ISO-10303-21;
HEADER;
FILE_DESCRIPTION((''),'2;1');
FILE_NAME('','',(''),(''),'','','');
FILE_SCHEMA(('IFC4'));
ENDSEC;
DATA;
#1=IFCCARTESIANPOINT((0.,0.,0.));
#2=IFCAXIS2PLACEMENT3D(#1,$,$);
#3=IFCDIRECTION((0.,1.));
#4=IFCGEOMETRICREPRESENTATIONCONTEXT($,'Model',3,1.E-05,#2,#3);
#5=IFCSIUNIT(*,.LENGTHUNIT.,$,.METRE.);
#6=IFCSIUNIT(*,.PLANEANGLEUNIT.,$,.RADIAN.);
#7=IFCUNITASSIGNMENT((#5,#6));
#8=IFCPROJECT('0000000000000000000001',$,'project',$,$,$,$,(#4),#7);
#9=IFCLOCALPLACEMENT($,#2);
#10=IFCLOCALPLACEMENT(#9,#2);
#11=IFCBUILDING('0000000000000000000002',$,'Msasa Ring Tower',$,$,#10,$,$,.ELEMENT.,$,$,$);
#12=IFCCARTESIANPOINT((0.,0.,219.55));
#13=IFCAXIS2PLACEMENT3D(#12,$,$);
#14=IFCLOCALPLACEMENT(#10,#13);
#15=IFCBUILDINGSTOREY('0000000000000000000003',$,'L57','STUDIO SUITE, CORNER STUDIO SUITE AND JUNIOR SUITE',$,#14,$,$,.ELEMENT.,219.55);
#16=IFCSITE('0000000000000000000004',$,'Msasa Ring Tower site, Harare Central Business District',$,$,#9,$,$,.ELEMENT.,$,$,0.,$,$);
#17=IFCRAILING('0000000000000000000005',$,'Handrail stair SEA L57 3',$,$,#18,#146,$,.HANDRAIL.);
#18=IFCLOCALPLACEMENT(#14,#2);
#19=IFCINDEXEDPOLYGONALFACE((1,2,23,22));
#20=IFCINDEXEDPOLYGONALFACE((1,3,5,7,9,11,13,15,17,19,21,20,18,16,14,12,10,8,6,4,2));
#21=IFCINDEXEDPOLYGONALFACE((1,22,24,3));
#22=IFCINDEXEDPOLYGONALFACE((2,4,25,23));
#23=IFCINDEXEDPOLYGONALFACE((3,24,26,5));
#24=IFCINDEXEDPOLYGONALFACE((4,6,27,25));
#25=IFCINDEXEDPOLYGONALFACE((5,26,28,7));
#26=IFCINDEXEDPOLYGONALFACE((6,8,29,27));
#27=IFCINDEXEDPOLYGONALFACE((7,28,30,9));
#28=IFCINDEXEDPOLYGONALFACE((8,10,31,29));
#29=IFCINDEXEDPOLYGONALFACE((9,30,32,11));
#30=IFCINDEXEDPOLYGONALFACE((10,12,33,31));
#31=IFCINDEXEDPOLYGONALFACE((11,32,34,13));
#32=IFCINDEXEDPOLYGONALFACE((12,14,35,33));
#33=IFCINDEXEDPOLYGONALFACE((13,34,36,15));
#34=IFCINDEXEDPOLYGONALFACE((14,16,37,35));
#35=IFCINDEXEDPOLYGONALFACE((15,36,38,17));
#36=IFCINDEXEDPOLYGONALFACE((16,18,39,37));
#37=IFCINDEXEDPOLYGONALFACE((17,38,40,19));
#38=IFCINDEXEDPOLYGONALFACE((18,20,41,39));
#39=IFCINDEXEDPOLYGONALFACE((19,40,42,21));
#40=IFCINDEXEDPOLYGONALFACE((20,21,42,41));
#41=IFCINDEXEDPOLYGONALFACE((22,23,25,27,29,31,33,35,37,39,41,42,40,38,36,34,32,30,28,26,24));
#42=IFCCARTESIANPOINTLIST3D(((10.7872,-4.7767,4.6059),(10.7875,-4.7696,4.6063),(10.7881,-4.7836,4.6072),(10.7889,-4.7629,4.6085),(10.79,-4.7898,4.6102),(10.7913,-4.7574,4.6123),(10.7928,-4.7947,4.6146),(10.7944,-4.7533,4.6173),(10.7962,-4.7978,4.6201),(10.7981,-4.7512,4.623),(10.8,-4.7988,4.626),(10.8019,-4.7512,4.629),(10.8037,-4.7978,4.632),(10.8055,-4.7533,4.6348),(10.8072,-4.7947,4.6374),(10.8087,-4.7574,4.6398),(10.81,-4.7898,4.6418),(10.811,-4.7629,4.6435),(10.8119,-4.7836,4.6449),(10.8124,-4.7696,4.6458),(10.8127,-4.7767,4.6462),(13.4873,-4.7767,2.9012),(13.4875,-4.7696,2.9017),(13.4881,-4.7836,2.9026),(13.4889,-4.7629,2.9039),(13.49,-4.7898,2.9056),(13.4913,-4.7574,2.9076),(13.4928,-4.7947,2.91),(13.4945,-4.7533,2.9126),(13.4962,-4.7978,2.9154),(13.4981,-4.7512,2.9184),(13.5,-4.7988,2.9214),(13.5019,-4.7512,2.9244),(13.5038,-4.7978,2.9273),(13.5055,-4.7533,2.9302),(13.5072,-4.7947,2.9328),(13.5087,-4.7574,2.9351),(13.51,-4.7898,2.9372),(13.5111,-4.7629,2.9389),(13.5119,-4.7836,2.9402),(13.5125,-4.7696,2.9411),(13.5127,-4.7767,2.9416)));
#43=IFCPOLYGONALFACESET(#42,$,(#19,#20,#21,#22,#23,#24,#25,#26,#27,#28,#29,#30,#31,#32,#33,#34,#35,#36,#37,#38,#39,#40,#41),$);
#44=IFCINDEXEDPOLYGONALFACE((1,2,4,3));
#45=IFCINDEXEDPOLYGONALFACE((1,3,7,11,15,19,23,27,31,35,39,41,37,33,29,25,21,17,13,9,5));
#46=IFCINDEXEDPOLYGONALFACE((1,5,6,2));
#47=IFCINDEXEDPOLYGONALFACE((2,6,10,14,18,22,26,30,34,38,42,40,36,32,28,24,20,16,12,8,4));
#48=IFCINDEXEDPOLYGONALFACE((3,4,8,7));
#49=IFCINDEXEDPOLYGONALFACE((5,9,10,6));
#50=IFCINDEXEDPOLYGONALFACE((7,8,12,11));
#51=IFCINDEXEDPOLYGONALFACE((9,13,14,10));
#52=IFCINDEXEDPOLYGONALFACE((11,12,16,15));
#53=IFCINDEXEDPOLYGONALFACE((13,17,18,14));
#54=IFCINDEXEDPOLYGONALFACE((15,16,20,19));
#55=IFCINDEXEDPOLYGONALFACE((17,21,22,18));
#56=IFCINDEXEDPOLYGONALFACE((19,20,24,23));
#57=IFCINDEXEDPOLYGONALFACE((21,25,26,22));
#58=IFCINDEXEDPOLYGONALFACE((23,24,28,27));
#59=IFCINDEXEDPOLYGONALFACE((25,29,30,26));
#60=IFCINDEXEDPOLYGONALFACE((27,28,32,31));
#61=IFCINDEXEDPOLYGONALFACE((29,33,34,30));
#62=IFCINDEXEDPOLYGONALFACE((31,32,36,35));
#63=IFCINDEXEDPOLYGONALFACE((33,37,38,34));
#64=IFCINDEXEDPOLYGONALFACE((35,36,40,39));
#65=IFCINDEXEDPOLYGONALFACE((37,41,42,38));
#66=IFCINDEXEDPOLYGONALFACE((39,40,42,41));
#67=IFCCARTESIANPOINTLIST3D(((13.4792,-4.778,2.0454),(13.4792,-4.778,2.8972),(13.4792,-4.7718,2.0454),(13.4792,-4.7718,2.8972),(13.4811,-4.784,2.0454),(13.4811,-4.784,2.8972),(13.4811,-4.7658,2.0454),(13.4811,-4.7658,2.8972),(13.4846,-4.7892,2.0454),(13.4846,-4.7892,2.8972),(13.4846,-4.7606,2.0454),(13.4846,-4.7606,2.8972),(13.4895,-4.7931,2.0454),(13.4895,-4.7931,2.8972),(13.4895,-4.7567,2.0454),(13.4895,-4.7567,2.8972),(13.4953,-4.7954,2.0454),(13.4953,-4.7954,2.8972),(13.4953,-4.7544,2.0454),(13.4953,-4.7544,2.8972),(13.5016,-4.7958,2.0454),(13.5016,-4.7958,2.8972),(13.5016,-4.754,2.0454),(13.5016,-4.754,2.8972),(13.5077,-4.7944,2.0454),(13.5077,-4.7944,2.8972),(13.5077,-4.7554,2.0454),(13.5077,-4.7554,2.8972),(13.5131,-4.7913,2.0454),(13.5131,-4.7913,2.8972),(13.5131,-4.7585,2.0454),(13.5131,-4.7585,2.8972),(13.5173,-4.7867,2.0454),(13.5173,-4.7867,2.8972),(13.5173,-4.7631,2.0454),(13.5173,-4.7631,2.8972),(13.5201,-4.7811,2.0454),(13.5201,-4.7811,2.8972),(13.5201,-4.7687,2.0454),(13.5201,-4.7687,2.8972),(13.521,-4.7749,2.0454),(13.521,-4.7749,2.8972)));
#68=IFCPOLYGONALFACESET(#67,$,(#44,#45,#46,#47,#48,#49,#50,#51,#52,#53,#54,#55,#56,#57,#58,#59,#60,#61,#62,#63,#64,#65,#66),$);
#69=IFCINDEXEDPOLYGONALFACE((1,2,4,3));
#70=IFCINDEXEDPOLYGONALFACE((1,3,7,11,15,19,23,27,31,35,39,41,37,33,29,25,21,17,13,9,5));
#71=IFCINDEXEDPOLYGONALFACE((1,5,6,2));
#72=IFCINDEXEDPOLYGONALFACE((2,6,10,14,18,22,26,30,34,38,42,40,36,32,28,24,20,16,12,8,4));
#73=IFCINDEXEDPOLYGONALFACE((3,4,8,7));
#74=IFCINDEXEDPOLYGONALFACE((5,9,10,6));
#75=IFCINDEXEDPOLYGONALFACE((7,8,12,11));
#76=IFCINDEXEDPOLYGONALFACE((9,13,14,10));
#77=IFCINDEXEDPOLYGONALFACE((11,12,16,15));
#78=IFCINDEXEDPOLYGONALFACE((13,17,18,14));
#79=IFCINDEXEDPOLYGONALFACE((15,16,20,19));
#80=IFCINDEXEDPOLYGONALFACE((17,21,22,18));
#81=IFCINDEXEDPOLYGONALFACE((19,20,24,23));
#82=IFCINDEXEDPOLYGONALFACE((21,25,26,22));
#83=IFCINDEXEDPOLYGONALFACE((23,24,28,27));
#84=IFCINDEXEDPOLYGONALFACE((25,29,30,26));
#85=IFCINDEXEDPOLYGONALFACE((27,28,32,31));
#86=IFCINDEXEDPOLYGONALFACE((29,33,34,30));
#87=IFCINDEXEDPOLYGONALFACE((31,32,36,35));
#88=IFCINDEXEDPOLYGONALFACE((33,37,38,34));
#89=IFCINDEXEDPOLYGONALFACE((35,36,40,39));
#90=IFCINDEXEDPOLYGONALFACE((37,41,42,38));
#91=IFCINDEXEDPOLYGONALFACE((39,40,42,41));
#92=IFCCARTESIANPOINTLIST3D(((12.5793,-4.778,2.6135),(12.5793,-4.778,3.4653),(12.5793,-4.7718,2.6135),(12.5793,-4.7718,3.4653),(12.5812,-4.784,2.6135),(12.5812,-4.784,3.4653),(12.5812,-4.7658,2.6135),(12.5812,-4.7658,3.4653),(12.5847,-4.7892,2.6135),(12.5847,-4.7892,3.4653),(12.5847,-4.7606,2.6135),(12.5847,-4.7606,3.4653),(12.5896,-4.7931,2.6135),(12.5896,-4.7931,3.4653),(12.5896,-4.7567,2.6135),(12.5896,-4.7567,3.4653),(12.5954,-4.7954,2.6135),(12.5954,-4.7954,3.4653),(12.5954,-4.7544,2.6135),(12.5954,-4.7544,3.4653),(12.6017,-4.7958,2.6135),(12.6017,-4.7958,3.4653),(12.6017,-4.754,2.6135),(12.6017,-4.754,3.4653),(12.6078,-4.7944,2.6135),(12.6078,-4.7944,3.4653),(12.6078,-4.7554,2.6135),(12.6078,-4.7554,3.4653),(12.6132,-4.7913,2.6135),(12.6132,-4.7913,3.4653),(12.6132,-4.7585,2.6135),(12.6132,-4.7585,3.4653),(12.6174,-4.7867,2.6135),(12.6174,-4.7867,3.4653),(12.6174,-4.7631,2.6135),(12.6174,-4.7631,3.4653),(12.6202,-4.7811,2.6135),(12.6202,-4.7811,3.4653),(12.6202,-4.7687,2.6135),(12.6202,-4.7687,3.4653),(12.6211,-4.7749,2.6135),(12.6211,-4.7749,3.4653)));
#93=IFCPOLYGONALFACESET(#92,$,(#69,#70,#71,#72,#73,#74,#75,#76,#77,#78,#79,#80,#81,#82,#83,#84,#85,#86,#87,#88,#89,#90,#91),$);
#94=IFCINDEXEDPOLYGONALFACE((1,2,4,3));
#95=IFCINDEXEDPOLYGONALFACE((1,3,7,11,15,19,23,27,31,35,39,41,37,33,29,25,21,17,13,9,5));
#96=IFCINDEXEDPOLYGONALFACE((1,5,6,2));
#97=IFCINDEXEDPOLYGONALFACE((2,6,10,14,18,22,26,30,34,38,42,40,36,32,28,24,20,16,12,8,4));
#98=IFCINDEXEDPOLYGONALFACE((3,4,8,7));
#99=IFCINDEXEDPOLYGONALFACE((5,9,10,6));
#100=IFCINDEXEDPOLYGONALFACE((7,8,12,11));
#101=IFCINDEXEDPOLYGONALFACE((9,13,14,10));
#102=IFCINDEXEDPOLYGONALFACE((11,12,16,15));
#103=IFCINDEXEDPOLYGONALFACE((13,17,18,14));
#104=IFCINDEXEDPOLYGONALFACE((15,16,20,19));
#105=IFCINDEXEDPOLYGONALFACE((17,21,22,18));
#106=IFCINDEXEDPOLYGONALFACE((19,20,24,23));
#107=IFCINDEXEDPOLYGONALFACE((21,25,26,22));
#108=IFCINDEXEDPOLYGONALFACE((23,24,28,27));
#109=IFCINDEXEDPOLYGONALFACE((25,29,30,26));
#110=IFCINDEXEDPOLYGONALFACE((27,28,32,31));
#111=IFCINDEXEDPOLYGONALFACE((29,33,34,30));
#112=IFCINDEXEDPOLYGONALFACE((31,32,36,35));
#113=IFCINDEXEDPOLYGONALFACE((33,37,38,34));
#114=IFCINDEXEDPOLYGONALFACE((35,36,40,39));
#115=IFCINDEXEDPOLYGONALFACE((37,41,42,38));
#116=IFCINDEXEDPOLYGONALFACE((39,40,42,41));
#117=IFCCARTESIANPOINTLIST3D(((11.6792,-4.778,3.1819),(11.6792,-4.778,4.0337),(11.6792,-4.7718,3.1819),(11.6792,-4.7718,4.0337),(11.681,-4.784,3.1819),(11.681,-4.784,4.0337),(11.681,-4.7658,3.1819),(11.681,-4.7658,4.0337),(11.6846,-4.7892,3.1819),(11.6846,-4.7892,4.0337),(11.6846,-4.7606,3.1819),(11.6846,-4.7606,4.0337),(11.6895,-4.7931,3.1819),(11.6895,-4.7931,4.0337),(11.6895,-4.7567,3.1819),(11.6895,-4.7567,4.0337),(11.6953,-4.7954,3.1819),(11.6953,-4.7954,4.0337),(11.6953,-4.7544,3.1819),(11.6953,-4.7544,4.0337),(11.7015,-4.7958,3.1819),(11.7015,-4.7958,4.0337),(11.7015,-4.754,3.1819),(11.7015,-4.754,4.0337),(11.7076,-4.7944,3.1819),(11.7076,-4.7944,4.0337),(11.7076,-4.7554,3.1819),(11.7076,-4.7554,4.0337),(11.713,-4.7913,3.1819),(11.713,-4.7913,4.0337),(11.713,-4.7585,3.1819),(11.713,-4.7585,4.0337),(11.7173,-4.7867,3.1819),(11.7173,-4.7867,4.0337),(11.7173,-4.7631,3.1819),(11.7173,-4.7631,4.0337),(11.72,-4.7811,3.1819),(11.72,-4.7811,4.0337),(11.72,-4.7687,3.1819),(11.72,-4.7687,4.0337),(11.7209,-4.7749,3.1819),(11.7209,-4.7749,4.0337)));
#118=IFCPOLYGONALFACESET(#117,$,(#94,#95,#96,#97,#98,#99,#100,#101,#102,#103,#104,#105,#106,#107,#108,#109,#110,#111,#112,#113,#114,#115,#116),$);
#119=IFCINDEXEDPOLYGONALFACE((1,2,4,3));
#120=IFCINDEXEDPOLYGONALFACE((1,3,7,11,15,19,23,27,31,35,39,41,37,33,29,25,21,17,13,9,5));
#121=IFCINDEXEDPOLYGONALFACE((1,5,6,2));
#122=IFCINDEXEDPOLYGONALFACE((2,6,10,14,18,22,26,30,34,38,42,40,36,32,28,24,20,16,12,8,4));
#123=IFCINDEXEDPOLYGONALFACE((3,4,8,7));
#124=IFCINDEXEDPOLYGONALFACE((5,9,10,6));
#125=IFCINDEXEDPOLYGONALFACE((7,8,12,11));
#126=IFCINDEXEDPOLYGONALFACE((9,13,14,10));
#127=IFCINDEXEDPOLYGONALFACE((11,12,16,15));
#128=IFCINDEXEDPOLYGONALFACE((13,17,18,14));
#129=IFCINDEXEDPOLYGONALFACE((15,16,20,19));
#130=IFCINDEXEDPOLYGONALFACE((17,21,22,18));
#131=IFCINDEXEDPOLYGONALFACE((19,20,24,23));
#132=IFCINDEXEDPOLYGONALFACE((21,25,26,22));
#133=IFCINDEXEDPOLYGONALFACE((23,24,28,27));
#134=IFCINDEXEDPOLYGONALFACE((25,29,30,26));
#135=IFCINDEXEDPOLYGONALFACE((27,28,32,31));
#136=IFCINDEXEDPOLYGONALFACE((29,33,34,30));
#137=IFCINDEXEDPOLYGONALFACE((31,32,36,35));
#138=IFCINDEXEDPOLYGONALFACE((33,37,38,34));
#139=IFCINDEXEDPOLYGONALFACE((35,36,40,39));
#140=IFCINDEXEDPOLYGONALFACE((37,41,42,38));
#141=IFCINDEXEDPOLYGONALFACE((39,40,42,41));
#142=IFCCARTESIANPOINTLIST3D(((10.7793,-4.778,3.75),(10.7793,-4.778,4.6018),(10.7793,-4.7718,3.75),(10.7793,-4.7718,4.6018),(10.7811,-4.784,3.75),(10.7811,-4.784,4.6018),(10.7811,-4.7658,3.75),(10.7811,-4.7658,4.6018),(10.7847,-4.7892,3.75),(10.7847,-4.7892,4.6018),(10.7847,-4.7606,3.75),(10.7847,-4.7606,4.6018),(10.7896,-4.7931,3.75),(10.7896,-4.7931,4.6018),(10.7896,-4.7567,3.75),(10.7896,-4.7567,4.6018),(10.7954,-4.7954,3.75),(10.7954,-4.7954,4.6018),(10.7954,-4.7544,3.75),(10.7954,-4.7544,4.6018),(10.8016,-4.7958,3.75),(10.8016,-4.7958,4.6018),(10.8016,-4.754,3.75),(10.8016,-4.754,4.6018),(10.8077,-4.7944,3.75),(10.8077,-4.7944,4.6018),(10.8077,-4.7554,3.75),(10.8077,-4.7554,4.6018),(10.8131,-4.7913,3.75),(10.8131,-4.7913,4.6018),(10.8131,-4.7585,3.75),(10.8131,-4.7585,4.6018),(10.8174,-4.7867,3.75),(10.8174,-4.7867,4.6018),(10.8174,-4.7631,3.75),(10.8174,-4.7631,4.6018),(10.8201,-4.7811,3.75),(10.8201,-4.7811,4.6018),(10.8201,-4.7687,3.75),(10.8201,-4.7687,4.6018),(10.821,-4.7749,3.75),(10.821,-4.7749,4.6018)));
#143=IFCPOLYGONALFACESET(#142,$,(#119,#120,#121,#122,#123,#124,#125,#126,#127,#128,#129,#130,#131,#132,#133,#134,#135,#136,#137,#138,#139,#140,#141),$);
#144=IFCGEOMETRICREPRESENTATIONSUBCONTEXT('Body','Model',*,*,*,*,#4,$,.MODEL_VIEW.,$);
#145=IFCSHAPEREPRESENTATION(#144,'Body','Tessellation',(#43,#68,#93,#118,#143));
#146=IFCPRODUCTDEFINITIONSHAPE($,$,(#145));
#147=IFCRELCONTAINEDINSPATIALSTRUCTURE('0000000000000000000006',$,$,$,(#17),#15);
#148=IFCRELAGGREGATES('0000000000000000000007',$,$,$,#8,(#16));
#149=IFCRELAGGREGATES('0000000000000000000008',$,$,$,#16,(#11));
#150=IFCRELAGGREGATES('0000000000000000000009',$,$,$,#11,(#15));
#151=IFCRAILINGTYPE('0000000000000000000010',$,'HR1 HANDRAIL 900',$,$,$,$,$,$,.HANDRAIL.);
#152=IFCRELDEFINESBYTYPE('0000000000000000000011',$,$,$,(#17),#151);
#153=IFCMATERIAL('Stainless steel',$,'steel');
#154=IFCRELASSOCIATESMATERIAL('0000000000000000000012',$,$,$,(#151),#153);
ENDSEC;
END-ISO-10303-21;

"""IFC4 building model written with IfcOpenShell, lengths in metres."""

from ifc_helpers import new_model, si_unit, direction, frame, origin, origin_2d, place, context, subcontext, project, spatial, circle, extrude, material, type_object, element, save


model = new_model("IFC4")

# Units and contexts
model_context = context("Model", 3, precision=1e-05, world=origin(), true_north=direction((0.0, 1.0)))
body_context = subcontext(model_context, "Body", "Model", "MODEL_VIEW")
ifc_project = project(units=[si_unit("LENGTHUNIT", "METRE"), si_unit("PLANEANGLEUNIT", "RADIAN")], contexts=[model_context])

# Site, building, storey
site_placement = place(None, origin())
site = spatial("IfcSite", under=ifc_project, at=site_placement, Name="Msasa Ring Tower site, Harare Central Business District", CompositionType="ELEMENT", RefElevation=0.0)
building_placement = place(site_placement, origin())
building = spatial("IfcBuilding", under=site, at=building_placement, Name="Msasa Ring Tower", CompositionType="ELEMENT")
storey_placement = place(building_placement, frame((0.0, 0.0, 219.55)))
storey = spatial("IfcBuildingStorey", under=building, at=storey_placement, Name="L57", Description="STUDIO SUITE, CORNER STUDIO SUITE AND JUNIOR SUITE", CompositionType="ELEMENT", Elevation=219.55)

# Railing
ifc_material_1 = material(Name="Stainless steel", Category="steel")
railing_type = type_object("IfcRailingType", Name="HR1 HANDRAIL 900", PredefinedType="HANDRAIL", material=ifc_material_1)
for number, where, name in (
    (1, (13.5, -4.7749, 2.0454), "Handrail stair SEA L57 3"),
):
    element("IfcRailing", number, at=place(storey_placement, frame(where)), inside=storey, type_object=railing_type, Name=name, PredefinedType="HANDRAIL", context=body_context, shape_type="SweptSolid", body=[
        extrude(circle(Radius=0.0239, at=origin_2d()), frame((0.0, 0.0, 0.876), z_axis=(-0.84558, 0.0, 0.533849), x_axis=(0.0, -1.0, 0.0)), (0.0, 0.0, 1.0), 3.1931),
        extrude(circle(Radius=0.021, at=origin_2d()), origin(), (0.0, 0.0, 1.0), 0.8518),
        extrude(circle(Radius=0.021, at=origin_2d()), frame((-0.8999, 0.0, 0.5681)), (0.0, 0.0, 1.0), 0.8518),
        extrude(circle(Radius=0.021, at=origin_2d()), frame((-1.8, 0.0, 1.1365)), (0.0, 0.0, 1.0), 0.8518),
        extrude(circle(Radius=0.021, at=origin_2d()), frame((-2.7, 0.0, 1.7046)), (0.0, 0.0, 1.0), 0.8518),
    ])

save(model, "model.ifc")
